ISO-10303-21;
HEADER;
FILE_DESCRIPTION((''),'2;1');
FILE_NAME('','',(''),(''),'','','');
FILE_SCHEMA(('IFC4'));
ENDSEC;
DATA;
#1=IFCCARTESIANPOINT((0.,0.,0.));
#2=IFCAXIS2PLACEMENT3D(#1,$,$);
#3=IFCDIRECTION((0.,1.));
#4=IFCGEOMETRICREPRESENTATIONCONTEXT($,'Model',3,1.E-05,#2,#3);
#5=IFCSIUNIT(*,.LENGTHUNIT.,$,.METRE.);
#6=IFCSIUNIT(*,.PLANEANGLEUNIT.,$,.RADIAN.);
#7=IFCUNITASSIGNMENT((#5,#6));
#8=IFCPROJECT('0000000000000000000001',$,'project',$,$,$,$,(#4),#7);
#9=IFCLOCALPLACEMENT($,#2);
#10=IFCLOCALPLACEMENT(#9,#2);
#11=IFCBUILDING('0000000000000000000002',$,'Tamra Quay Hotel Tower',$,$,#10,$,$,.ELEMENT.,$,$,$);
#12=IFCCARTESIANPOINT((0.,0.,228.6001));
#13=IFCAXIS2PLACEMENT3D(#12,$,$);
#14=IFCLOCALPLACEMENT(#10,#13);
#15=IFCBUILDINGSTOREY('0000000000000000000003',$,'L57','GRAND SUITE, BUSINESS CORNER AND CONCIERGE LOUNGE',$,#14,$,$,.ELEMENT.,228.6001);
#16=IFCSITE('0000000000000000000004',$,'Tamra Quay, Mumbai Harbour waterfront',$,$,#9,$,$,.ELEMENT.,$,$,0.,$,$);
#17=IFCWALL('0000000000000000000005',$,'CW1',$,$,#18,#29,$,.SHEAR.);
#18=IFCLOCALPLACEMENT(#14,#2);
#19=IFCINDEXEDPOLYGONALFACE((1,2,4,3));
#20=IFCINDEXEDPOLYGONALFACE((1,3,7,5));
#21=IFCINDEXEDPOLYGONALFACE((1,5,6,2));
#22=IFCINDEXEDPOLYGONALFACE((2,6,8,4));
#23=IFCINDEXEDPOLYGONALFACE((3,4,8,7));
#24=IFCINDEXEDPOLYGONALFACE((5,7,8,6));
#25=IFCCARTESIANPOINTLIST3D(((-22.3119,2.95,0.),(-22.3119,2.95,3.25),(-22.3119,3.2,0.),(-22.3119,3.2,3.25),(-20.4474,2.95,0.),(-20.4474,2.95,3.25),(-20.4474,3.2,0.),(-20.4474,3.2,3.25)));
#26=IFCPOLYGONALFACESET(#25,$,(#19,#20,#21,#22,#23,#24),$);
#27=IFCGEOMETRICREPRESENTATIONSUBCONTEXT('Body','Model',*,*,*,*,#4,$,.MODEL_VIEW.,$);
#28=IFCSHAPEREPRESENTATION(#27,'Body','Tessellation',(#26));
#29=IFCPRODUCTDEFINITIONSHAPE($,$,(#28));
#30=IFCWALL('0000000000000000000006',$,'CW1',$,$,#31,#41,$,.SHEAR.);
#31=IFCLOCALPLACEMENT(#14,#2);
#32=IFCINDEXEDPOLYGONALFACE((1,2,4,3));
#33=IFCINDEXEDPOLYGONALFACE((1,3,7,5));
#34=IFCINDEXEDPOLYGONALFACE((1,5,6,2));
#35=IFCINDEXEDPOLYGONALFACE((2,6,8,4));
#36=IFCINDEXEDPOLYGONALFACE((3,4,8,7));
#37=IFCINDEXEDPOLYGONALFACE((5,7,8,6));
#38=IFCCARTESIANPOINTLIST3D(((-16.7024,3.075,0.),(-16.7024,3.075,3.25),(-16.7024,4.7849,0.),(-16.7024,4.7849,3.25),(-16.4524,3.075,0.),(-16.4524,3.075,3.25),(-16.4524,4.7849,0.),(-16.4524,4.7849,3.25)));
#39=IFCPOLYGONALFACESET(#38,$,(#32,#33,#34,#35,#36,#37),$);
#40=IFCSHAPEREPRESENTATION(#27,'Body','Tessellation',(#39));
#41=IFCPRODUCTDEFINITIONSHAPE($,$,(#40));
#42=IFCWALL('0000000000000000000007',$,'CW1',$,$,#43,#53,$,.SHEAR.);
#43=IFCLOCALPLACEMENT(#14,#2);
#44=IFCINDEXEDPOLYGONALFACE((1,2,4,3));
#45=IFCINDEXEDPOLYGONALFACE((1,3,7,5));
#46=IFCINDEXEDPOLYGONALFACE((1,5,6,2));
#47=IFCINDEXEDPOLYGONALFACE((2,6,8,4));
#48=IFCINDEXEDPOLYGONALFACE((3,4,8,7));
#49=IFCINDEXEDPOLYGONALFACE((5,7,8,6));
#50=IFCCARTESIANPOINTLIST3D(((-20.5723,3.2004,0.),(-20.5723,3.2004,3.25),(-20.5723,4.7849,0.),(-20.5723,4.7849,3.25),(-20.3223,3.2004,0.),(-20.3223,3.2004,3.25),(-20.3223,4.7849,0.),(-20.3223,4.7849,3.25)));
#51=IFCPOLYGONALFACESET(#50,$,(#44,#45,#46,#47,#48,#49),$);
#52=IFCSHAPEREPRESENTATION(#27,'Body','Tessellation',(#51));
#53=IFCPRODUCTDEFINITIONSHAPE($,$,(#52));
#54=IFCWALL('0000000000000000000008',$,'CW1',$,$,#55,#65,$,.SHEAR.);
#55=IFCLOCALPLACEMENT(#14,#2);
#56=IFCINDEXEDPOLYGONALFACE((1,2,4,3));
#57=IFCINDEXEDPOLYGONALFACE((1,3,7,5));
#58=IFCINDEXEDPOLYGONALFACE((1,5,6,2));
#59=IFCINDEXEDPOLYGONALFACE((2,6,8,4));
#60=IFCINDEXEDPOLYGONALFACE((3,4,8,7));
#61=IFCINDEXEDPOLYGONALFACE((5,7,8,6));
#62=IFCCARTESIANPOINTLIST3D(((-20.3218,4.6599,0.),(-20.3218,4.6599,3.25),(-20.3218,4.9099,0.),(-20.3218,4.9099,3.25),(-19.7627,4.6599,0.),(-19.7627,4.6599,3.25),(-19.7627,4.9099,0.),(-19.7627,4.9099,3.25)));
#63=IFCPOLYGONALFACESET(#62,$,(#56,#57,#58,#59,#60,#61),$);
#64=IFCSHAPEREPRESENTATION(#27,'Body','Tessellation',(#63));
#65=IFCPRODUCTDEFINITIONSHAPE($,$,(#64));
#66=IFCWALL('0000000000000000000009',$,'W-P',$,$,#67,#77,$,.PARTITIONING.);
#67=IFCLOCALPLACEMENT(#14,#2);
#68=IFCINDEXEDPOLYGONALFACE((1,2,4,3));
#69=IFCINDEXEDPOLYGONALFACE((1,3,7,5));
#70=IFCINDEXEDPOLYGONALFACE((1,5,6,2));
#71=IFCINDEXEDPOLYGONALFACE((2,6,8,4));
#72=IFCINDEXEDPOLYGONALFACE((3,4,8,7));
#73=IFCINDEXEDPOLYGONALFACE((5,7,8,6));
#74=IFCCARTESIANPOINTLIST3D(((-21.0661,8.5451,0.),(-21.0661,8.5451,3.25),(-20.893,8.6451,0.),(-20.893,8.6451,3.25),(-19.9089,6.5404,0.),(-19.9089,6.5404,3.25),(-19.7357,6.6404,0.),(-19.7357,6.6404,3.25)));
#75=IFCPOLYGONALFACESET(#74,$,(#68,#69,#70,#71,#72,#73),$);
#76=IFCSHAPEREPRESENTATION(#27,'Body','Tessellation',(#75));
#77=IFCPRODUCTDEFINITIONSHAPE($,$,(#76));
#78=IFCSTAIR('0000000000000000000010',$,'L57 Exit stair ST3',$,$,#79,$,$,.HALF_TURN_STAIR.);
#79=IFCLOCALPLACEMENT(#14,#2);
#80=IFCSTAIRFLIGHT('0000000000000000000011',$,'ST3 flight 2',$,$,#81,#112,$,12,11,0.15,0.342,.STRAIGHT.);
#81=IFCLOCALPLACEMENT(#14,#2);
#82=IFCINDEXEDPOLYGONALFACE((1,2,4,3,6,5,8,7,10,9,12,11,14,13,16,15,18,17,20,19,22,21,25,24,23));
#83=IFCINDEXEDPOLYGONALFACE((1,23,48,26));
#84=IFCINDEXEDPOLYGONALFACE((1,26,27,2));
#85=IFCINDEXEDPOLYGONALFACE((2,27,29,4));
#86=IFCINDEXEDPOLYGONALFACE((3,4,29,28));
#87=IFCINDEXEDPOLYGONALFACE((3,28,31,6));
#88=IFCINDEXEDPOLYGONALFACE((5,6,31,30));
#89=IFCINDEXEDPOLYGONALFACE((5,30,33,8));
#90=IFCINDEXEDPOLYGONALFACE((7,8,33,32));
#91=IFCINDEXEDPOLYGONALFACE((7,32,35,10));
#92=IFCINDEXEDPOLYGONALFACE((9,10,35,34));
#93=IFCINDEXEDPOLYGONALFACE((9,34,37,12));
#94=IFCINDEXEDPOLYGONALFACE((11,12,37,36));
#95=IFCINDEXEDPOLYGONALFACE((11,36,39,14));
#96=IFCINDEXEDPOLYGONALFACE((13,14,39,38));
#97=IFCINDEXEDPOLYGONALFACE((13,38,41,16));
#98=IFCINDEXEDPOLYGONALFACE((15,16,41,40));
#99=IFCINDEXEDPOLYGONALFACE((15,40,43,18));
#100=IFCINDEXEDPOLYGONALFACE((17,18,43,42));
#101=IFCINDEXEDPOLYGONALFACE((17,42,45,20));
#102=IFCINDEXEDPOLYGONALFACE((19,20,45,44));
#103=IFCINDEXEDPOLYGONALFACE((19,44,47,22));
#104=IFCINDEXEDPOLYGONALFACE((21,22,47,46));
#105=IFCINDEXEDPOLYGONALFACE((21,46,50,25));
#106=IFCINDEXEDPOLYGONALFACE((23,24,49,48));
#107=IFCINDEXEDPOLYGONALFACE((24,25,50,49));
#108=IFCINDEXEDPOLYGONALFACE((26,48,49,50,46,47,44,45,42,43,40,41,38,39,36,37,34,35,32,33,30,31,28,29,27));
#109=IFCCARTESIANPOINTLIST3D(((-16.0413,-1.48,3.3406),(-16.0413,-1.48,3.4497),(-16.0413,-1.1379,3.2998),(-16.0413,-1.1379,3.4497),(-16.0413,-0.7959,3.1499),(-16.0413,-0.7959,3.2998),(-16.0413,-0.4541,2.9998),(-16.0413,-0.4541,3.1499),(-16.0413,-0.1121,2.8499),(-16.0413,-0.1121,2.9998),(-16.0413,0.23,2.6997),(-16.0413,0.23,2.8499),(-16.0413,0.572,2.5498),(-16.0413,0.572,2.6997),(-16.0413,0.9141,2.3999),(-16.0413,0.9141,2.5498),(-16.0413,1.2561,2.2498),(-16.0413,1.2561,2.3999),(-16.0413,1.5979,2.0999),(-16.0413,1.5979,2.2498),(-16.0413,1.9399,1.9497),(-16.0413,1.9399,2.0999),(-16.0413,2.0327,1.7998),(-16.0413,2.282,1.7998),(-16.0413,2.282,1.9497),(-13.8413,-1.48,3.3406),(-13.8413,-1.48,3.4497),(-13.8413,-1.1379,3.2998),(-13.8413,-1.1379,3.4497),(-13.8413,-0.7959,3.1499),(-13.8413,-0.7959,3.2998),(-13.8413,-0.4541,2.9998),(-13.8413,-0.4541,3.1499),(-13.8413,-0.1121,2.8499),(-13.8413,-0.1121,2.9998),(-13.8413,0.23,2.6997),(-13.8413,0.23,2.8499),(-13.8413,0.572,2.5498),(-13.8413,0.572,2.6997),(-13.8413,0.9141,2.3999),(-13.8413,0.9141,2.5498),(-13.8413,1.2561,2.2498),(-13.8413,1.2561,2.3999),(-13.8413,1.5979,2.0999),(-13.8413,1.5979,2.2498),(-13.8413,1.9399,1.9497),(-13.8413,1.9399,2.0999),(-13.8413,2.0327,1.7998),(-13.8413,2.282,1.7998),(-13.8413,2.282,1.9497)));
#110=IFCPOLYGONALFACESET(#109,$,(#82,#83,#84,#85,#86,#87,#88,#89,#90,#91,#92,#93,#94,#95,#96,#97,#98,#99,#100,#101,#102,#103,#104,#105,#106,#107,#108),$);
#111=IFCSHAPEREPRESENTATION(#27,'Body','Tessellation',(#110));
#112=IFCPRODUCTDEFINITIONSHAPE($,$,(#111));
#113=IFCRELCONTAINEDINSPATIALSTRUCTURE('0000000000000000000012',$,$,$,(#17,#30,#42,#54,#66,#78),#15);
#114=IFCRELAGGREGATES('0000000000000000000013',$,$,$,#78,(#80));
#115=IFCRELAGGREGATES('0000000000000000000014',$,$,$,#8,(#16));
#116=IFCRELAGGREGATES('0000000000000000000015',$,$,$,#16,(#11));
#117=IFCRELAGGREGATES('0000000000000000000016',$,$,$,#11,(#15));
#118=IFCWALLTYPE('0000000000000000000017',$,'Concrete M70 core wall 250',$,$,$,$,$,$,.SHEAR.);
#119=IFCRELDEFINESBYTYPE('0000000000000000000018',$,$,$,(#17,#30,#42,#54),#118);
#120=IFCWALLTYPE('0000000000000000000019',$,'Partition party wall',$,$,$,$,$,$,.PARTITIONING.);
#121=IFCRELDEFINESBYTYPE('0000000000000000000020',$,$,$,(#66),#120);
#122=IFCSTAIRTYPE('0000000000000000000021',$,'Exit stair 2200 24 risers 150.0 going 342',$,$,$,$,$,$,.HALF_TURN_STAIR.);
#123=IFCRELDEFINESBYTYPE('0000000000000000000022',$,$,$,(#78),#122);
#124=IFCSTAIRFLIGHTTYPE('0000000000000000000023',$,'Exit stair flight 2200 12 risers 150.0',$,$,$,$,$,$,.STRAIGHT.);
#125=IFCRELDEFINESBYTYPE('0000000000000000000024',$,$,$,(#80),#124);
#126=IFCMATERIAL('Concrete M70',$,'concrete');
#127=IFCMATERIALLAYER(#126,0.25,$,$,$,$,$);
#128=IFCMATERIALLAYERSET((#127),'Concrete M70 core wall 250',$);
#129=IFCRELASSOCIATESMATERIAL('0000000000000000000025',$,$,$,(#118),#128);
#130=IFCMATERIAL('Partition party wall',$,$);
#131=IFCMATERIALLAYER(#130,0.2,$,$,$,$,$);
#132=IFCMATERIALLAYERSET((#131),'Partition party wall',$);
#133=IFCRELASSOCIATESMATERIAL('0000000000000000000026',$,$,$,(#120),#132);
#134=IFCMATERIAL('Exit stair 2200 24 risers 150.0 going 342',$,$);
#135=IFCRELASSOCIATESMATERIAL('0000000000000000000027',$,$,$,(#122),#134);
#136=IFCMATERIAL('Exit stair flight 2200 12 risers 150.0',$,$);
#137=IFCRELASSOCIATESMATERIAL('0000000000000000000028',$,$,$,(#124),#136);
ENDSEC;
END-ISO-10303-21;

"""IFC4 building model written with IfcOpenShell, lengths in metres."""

from ifc_helpers import new_model, si_unit, direction, frame, frame_2d, origin, place, context, subcontext, project, spatial, polyline, rectangle, outline, extrude, material, layer, layer_set, type_object, element, aggregate, save


model = new_model("IFC4")

# Units and contexts
model_context = context("Model", 3, precision=1e-05, world=origin(), true_north=direction((0.0, 1.0)))
body_context = subcontext(model_context, "Body", "Model", "MODEL_VIEW")
ifc_project = project(units=[si_unit("LENGTHUNIT", "METRE"), si_unit("PLANEANGLEUNIT", "RADIAN")], contexts=[model_context])

# Site, building, storey
site_placement = place(None, origin())
site = spatial("IfcSite", under=ifc_project, at=site_placement, Name="Tamra Quay, Mumbai Harbour waterfront", CompositionType="ELEMENT", RefElevation=0.0)
building_placement = place(site_placement, origin())
building = spatial("IfcBuilding", under=site, at=building_placement, Name="Tamra Quay Hotel Tower", CompositionType="ELEMENT")
storey_placement = place(building_placement, frame((0.0, 0.0, 228.6001)))
storey = spatial("IfcBuildingStorey", under=building, at=storey_placement, Name="L57", Description="GRAND SUITE, BUSINESS CORNER AND CONCIERGE LOUNGE", CompositionType="ELEMENT", Elevation=228.6001)

# Shared definitions
ifc_material_1 = material(Name="Concrete M70", Category="concrete")

# Walls
ifc_layer_1 = layer(ifc_material_1, 0.25)
ifc_layer_set_1 = layer_set([ifc_layer_1], Name="Concrete M70 core wall 250")
wall_type_1 = type_object("IfcWallType", Name="Concrete M70 core wall 250", PredefinedType="SHEAR", material=ifc_layer_set_1)
wall_1_placement = place(storey_placement, frame((-22.3118, 3.075, 0.0), z_axis=(0.0, 0.0, 1.0), x_axis=(1.0, 0.0, 0.0)))
element("IfcWall", 1, at=wall_1_placement, inside=storey, type_object=wall_type_1, Name="CW1", PredefinedType="SHEAR", context=body_context, shape_type="SweptSolid", body=[
    extrude(rectangle(XDim=1.8645, YDim=0.25, at=frame_2d((0.9321, 0.0))), origin(), (0.0, 0.0, 1.0), 3.25),
])
wall_2_placement = place(storey_placement, frame((-16.5774, 4.7849, 0.0), z_axis=(0.0, 0.0, 1.0), x_axis=(0.0, -1.0, 0.0)))
element("IfcWall", 2, at=wall_2_placement, inside=storey, type_object=wall_type_1, Name="CW1", PredefinedType="SHEAR", context=body_context, shape_type="SweptSolid", body=[
    extrude(rectangle(XDim=1.71, YDim=0.25, at=frame_2d((0.855, 0.0))), origin(), (0.0, 0.0, 1.0), 3.25),
])
wall_3_placement = place(storey_placement, frame((-20.4473, 3.2004, 0.0), z_axis=(0.0, 0.0, 1.0), x_axis=(0.0, 1.0, 0.0)))
element("IfcWall", 3, at=wall_3_placement, inside=storey, type_object=wall_type_1, Name="CW1", PredefinedType="SHEAR", context=body_context, shape_type="SweptSolid", body=[
    extrude(rectangle(XDim=1.5845, YDim=0.25, at=frame_2d((0.7922, 0.0))), origin(), (0.0, 0.0, 1.0), 3.25),
])
wall_4_placement = place(storey_placement, frame((-20.3218, 4.7849, 0.0), z_axis=(0.0, 0.0, 1.0), x_axis=(1.0, 0.0, 0.0)))
element("IfcWall", 4, at=wall_4_placement, inside=storey, type_object=wall_type_1, Name="CW1", PredefinedType="SHEAR", context=body_context, shape_type="SweptSolid", body=[
    extrude(rectangle(XDim=0.5591, YDim=0.25, at=frame_2d((0.2795, 0.0))), origin(), (0.0, 0.0, 1.0), 3.25),
])
ifc_material_2 = material(Name="Partition party wall")
ifc_layer_2 = layer(ifc_material_2, 0.2)
ifc_layer_set_2 = layer_set([ifc_layer_2], Name="Partition party wall")
wall_type_2 = type_object("IfcWallType", Name="Partition party wall", PredefinedType="PARTITIONING", material=ifc_layer_set_2)
wall_5_placement = place(storey_placement, frame((-20.9795, 8.595, 0.0), z_axis=(0.0, 0.0, 1.0), x_axis=(0.499951, -0.866054, 0.0)))
element("IfcWall", 5, at=wall_5_placement, inside=storey, type_object=wall_type_2, Name="W-P", PredefinedType="PARTITIONING", context=body_context, shape_type="SweptSolid", body=[
    extrude(rectangle(XDim=2.3147, YDim=0.2, at=frame_2d((1.1572, 0.0))), origin(), (0.0, 0.0, 1.0), 3.25),
])

# Stair, stair flight
ifc_material_3 = material(Name="Exit stair 2200 24 risers 150.0 going 342")
stair_type = type_object("IfcStairType", Name="Exit stair 2200 24 risers 150.0 going 342", PredefinedType="HALF_TURN_STAIR", material=ifc_material_3)
stair_placement = place(storey_placement, origin())
stair = element("IfcStair", 6, at=stair_placement, inside=storey, type_object=stair_type, Name="L57 Exit stair ST3", PredefinedType="HALF_TURN_STAIR")
ifc_material_4 = material(Name="Exit stair flight 2200 12 risers 150.0")
stair_flight_type = type_object("IfcStairFlightType", Name="Exit stair flight 2200 12 risers 150.0", PredefinedType="STRAIGHT", material=ifc_material_4)
stair_flight_placement = place(storey_placement, frame((-14.9414, 2.282, 1.7998), z_axis=(0.0, 0.0, 1.0), x_axis=(0.0, -1.0, 0.0)))
stair_flight = element("IfcStairFlight", 7, at=stair_flight_placement, type_object=stair_flight_type, Name="ST3 flight 2", NumberOfRisers=12, NumberOfTreads=11, PredefinedType="STRAIGHT", RiserHeight=0.15, TreadLength=0.342, context=body_context, shape_type="SweptSolid", body=[
    extrude(outline(polyline([(0.0, 0.0), (0.0, 0.1499), (0.342, 0.1499), (0.342, 0.3), (0.6841, 0.3), (0.6841, 0.45), (1.0259, 0.45), (1.0259, 0.6001), (1.3679, 0.6001), (1.3679, 0.75), (1.71, 0.75), (1.71, 0.8999), (2.052, 0.8999), (2.052, 1.05), (2.394, 1.05), (2.394, 1.2), (2.7361, 1.2), (2.7361, 1.3501), (3.0779, 1.3501), (3.0779, 1.5), (3.4199, 1.5), (3.4199, 1.6499), (3.762, 1.6499), (3.762, 1.8), (3.762, 1.5408), (0.2493, 0.0), (0.0, 0.0)])), frame((0.0, 1.1001, 0.0), z_axis=(0.0, -1.0, 0.0), x_axis=(1.0, 0.0, 0.0)), (0.0, 0.0, 1.0), 2.2),
])
aggregate(stair, [stair_flight])

save(model, "model.ifc")
